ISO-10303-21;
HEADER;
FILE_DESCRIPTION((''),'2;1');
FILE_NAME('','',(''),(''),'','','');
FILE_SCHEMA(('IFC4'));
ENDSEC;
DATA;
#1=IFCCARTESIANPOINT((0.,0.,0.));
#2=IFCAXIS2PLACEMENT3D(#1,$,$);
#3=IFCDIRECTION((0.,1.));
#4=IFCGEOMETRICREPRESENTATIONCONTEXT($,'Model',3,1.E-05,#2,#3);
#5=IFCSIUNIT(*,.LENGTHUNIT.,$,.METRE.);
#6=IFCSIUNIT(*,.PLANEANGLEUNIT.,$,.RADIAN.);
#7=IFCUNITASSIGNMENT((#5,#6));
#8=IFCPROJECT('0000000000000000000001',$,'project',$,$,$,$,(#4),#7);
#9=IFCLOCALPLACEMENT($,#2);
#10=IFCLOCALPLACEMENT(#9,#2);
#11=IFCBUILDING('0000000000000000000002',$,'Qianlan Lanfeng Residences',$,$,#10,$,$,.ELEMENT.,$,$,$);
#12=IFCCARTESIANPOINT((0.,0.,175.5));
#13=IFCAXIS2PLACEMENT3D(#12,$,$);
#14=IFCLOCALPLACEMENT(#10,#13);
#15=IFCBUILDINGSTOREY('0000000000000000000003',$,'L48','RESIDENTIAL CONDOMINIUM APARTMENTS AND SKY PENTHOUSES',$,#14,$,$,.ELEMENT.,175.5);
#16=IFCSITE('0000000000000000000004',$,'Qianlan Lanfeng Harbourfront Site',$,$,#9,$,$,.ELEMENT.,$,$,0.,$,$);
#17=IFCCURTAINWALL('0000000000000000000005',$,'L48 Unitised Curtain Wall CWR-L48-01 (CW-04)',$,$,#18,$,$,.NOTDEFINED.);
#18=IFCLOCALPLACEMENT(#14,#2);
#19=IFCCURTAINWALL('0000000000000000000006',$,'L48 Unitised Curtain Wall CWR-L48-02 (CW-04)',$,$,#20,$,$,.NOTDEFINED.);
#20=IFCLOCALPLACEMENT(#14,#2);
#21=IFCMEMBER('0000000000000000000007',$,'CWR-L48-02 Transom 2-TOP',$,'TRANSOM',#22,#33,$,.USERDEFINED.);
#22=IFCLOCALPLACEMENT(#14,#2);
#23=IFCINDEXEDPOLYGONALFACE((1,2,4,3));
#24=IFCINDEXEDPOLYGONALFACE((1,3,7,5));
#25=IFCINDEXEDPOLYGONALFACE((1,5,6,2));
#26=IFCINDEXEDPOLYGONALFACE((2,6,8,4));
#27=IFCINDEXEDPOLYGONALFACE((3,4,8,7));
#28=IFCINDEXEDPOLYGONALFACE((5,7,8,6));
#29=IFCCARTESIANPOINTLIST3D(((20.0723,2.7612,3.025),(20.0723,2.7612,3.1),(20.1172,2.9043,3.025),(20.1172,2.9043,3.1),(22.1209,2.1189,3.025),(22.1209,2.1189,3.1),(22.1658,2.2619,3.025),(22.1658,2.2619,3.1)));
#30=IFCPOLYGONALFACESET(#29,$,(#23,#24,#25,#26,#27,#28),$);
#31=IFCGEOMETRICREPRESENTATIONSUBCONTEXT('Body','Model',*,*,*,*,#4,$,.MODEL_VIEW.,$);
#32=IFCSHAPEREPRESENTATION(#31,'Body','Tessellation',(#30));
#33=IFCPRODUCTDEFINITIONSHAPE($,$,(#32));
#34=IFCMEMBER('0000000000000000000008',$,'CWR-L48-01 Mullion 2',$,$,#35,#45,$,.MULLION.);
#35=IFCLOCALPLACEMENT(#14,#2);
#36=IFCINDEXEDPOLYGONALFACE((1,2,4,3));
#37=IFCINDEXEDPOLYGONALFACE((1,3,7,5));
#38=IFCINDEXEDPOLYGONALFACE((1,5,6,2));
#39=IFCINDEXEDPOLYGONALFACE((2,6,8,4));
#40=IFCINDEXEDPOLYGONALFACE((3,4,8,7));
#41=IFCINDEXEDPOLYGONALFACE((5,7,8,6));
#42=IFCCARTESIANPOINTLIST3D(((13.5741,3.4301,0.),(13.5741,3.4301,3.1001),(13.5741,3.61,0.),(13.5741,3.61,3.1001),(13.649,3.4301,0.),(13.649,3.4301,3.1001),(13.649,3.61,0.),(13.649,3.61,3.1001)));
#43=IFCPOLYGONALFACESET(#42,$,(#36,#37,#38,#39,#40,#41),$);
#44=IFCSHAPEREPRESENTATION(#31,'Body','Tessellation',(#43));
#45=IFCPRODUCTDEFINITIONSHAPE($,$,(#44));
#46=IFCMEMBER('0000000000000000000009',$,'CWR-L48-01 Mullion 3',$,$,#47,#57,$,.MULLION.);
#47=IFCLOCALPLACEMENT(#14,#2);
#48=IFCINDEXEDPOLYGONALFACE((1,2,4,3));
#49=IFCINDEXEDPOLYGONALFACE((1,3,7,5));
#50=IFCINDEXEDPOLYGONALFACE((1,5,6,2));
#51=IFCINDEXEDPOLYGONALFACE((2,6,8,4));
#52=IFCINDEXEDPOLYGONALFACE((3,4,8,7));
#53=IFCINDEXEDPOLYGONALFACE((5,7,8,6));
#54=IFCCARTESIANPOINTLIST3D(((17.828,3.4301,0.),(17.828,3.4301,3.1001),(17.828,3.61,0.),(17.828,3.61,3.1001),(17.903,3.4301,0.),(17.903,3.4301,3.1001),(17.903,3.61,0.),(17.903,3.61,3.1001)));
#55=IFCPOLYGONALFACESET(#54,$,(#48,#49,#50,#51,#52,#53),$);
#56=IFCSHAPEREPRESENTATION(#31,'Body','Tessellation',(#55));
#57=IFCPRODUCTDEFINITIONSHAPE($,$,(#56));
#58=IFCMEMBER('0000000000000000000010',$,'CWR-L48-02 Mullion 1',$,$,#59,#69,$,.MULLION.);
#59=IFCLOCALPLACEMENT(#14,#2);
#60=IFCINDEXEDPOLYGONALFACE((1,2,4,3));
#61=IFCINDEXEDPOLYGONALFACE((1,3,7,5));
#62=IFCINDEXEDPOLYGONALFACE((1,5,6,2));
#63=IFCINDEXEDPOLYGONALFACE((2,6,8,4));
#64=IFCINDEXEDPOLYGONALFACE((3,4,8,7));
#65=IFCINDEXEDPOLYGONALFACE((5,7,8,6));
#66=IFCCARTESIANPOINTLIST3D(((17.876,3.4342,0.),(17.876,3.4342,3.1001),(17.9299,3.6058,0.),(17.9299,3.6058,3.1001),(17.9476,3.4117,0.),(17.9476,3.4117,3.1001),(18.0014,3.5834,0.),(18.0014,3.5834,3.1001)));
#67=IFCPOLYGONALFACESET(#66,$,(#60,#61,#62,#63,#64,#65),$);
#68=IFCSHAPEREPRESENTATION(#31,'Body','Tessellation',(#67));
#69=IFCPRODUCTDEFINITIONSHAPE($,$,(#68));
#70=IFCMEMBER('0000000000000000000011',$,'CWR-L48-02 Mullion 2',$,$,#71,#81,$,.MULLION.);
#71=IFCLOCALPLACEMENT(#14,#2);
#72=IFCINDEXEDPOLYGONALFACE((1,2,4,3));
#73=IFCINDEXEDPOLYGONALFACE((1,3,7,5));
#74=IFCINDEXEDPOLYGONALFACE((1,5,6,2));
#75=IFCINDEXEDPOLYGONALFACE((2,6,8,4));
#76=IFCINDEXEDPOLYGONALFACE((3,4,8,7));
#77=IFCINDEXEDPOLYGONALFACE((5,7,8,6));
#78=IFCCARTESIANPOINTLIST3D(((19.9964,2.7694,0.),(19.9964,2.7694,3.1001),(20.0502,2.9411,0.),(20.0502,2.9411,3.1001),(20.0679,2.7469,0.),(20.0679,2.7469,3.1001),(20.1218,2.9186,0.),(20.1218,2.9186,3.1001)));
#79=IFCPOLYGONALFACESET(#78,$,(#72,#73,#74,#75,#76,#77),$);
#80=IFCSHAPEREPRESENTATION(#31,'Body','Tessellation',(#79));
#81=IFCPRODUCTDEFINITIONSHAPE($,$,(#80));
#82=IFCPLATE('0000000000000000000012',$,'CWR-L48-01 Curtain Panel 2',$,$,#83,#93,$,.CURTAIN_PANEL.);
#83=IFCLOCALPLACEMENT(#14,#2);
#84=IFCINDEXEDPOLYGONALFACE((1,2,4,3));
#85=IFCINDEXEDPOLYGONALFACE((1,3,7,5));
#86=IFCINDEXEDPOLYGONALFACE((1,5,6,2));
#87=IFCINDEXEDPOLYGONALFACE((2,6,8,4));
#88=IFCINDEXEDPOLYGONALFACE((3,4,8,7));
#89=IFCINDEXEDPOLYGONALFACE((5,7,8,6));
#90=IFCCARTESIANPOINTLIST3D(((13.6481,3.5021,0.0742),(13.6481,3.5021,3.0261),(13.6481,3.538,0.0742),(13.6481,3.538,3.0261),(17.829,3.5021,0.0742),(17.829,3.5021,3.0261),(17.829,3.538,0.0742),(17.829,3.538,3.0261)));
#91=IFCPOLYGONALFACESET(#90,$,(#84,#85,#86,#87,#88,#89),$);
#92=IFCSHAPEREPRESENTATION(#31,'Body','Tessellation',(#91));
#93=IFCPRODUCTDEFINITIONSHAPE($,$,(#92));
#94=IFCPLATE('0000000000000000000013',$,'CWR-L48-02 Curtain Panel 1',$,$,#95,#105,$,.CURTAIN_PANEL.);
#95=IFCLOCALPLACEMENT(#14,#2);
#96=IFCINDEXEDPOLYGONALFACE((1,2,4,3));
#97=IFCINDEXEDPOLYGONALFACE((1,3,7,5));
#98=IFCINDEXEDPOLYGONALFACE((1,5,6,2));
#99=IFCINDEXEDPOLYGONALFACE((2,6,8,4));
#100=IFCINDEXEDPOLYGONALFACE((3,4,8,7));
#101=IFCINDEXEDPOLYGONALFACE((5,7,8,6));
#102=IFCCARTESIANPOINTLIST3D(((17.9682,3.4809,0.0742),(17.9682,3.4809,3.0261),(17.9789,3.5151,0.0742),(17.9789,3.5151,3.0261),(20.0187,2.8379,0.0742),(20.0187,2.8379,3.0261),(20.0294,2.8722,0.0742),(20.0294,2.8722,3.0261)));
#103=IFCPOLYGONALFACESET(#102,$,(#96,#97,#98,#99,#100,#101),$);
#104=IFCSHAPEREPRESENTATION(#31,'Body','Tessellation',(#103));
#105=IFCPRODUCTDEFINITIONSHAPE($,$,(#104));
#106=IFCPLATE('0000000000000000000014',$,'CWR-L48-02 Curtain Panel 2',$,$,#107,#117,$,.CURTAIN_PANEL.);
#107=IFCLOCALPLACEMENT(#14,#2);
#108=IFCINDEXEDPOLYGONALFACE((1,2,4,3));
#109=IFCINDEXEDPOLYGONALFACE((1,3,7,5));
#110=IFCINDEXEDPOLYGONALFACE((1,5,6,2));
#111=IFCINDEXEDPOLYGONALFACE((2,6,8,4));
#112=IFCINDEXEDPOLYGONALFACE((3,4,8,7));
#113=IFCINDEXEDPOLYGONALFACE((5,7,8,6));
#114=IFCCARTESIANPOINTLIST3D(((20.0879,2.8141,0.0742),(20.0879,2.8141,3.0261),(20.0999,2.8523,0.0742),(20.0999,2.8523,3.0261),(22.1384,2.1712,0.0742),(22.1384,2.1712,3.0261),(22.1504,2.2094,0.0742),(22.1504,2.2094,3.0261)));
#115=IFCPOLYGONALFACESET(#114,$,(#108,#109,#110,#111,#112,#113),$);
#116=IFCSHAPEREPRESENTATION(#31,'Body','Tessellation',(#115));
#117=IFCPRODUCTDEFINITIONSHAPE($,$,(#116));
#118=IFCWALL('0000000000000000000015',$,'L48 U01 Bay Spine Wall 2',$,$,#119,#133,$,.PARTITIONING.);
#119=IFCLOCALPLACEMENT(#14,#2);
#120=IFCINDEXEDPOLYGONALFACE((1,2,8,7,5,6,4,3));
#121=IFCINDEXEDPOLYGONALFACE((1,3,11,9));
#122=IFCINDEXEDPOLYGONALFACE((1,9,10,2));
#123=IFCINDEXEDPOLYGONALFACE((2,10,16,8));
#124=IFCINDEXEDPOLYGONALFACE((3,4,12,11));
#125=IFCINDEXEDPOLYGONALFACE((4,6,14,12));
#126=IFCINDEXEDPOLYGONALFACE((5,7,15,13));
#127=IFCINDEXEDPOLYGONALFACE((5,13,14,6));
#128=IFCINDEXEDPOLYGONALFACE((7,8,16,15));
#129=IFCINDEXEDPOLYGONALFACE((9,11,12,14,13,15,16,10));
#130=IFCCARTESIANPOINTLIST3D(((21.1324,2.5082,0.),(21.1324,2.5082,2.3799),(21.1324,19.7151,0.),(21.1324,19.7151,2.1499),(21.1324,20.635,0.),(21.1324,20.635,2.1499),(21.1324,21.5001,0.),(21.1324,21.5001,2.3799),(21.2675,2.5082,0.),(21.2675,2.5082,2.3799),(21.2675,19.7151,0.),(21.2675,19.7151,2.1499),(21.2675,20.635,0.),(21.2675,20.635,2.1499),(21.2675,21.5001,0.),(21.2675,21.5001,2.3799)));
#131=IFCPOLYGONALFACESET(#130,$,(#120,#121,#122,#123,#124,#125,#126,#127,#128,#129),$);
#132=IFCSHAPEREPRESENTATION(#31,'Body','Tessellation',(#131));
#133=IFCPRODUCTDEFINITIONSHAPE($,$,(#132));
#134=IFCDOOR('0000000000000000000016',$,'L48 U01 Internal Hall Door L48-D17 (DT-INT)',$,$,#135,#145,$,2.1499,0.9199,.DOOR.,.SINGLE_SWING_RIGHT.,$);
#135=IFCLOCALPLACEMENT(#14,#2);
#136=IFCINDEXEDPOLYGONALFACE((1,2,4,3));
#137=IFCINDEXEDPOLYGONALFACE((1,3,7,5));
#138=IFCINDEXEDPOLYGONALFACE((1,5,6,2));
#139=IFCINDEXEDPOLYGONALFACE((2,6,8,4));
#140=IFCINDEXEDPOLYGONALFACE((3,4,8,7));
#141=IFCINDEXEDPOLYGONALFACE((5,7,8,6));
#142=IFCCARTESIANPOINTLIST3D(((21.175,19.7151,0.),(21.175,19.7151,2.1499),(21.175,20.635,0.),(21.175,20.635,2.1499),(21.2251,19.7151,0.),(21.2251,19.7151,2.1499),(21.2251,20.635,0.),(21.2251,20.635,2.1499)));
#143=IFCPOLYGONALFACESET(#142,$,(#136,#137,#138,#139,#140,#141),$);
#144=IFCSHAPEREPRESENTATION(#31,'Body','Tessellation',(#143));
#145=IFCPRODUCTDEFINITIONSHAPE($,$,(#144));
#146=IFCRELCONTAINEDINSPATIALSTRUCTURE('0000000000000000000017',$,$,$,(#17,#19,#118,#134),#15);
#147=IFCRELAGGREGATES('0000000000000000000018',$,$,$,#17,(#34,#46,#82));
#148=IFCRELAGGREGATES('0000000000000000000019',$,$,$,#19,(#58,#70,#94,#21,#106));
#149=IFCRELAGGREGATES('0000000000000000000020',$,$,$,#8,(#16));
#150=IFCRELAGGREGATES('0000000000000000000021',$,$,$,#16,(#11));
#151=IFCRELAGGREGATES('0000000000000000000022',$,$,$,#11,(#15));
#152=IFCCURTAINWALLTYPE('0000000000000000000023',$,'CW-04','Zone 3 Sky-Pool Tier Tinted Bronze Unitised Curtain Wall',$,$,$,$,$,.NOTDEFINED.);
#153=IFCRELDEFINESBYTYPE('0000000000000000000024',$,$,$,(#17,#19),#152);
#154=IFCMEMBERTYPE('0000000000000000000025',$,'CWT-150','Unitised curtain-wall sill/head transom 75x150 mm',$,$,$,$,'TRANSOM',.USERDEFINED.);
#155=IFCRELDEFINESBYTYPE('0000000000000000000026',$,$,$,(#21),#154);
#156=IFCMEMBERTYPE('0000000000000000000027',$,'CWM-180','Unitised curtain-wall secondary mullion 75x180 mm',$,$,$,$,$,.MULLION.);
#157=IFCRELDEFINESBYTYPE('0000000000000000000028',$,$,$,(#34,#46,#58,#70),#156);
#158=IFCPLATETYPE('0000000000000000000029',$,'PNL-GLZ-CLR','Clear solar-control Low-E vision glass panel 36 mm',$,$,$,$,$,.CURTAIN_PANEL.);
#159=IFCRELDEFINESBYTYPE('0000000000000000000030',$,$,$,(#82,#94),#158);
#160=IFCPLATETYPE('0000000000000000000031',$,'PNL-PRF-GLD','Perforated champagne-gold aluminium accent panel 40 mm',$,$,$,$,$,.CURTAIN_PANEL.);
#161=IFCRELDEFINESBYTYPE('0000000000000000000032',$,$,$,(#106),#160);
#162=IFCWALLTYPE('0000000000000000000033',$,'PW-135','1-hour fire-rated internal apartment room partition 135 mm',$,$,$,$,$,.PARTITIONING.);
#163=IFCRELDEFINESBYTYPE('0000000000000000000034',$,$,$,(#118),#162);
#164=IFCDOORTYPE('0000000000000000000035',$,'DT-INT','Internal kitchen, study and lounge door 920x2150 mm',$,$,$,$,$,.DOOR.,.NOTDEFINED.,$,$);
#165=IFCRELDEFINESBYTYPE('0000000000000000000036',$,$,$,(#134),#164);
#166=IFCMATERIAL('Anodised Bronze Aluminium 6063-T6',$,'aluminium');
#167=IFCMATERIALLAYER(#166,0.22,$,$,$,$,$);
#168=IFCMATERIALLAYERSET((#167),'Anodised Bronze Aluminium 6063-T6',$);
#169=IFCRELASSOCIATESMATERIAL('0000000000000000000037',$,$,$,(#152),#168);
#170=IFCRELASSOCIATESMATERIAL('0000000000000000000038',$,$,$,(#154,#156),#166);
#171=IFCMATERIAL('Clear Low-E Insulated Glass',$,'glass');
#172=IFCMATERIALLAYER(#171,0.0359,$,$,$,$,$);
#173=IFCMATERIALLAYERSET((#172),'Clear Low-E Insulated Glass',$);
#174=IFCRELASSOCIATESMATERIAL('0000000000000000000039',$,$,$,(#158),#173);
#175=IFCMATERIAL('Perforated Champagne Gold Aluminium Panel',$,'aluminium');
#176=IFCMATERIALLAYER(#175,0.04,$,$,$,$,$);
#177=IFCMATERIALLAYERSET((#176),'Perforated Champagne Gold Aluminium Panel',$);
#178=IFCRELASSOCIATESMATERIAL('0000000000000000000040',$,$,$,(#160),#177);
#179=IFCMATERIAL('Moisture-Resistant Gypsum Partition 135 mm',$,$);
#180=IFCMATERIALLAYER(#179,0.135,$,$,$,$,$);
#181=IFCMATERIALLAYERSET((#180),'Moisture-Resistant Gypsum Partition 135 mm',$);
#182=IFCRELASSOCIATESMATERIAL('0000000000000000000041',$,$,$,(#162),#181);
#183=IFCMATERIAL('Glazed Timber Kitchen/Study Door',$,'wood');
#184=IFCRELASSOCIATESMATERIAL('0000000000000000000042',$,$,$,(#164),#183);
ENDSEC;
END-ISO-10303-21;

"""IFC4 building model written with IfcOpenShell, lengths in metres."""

from ifc_helpers import new_model, si_unit, direction, frame, frame_2d, origin, origin_2d, place, context, subcontext, project, spatial, rectangle, extrude, source, transform, mapped, material, layer, layer_set, material_profile, profile_set, type_object, element, fill, aggregate, save


model = new_model("IFC4")

# Units and contexts
model_context = context("Model", 3, precision=1e-05, world=origin(), true_north=direction((0.0, 1.0)))
body_context = subcontext(model_context, "Body", "Model", "MODEL_VIEW")
ifc_project = project(units=[si_unit("LENGTHUNIT", "METRE"), si_unit("PLANEANGLEUNIT", "RADIAN")], contexts=[model_context])

# Site, building, storey
site_placement = place(None, origin())
site = spatial("IfcSite", under=ifc_project, at=site_placement, Name="Qianlan Lanfeng Harbourfront Site", CompositionType="ELEMENT", RefElevation=0.0)
building_placement = place(site_placement, origin())
building = spatial("IfcBuilding", under=site, at=building_placement, Name="Qianlan Lanfeng Residences", CompositionType="ELEMENT")
storey_placement = place(building_placement, frame((0.0, 0.0, 175.5)))
storey = spatial("IfcBuildingStorey", under=building, at=storey_placement, Name="L48", Description="RESIDENTIAL CONDOMINIUM APARTMENTS AND SKY PENTHOUSES", CompositionType="ELEMENT", Elevation=175.5)

# Curtain walls, member
ifc_material_1 = material(Name="Anodised Bronze Aluminium 6063-T6", Category="aluminium")
ifc_layer_1 = layer(ifc_material_1, 0.22)
ifc_layer_set_1 = layer_set([ifc_layer_1], Name="Anodised Bronze Aluminium 6063-T6")
curtain_wall_type = type_object("IfcCurtainWallType", Name="CW-04", Description="Zone 3 Sky-Pool Tier Tinted Bronze Unitised Curtain Wall", PredefinedType="NOTDEFINED", material=ifc_layer_set_1)
curtain_wall_1_placement = place(storey_placement, origin())
curtain_wall_1 = element("IfcCurtainWall", 1, at=curtain_wall_1_placement, inside=storey, type_object=curtain_wall_type, Name="L48 Unitised Curtain Wall CWR-L48-01 (CW-04)", PredefinedType="NOTDEFINED")
ifc_material_profile_1 = material_profile(ifc_material_1, rectangle(XDim=0.075, YDim=0.1499, at=origin_2d()), Name="ALU TRANSOM 75x150")
ifc_profile_set_1 = profile_set([ifc_material_profile_1], Name="Anodised Bronze Aluminium 6063-T6")
member_type_1 = type_object("IfcMemberType", Name="CWT-150", Description="Unitised curtain-wall sill/head transom 75x150 mm", ElementType="TRANSOM", PredefinedType="USERDEFINED", material=ifc_profile_set_1)
curtain_wall_2_placement = place(storey_placement, origin())
curtain_wall_2 = element("IfcCurtainWall", 2, at=curtain_wall_2_placement, inside=storey, type_object=curtain_wall_type, Name="L48 Unitised Curtain Wall CWR-L48-02 (CW-04)", PredefinedType="NOTDEFINED")
shared_shape_1 = source(origin(), body_context, "Body", "SweptSolid", [
    extrude(rectangle(XDim=0.075, YDim=0.1499, at=origin_2d()), origin(), (0.0, 0.0, 1.0), 2.147),
])
member_1_placement = place(storey_placement, frame((20.0947, 2.8328, 3.0625), z_axis=(0.954194, -0.299188, 0.0), x_axis=(0.0, 0.0, 1.0)))
member_1 = element("IfcMember", 3, at=member_1_placement, type_object=member_type_1, Name="CWR-L48-02 Transom 2-TOP", ObjectType="TRANSOM", PredefinedType="USERDEFINED", context=body_context, shape_type="MappedRepresentation", body=[
    mapped(shared_shape_1, transform((0.0, 0.0, 0.0), scale=1.0)),
])

# Members
ifc_material_profile_2 = material_profile(ifc_material_1, rectangle(XDim=0.075, YDim=0.1799, at=origin_2d()), Name="ALU MULLION 75x180")
ifc_profile_set_2 = profile_set([ifc_material_profile_2], Name="Anodised Bronze Aluminium 6063-T6")
member_type_2 = type_object("IfcMemberType", Name="CWM-180", Description="Unitised curtain-wall secondary mullion 75x180 mm", PredefinedType="MULLION", material=ifc_profile_set_2)
shared_shape_2 = source(origin(), body_context, "Body", "SweptSolid", [
    extrude(rectangle(XDim=0.075, YDim=0.1799, at=origin_2d()), origin(), (0.0, 0.0, 1.0), 3.1001),
])
member_2_placement = place(storey_placement, frame((13.6116, 3.52, 0.0), z_axis=(0.0, 0.0, 1.0), x_axis=(1.0, 0.0, 0.0)))
member_2 = element("IfcMember", 4, at=member_2_placement, type_object=member_type_2, Name="CWR-L48-01 Mullion 2", PredefinedType="MULLION", context=body_context, shape_type="MappedRepresentation", body=[
    mapped(shared_shape_2, transform((0.0, 0.0, 0.0), scale=1.0)),
])
member_3_placement = place(storey_placement, frame((17.8655, 3.52, 0.0), z_axis=(0.0, 0.0, 1.0), x_axis=(1.0, 0.0, 0.0)))
member_3 = element("IfcMember", 5, at=member_3_placement, type_object=member_type_2, Name="CWR-L48-01 Mullion 3", PredefinedType="MULLION", context=body_context, shape_type="MappedRepresentation", body=[
    mapped(shared_shape_2, transform((0.0, 0.0, 0.0), scale=1.0)),
])
member_4_placement = place(storey_placement, frame((17.9387, 3.5088, 0.0), z_axis=(0.0, 0.0, 1.0), x_axis=(0.954196, -0.299182, 0.0)))
member_4 = element("IfcMember", 6, at=member_4_placement, type_object=member_type_2, Name="CWR-L48-02 Mullion 1", PredefinedType="MULLION", context=body_context, shape_type="MappedRepresentation", body=[
    mapped(shared_shape_2, transform((0.0, 0.0, 0.0), scale=1.0)),
])
member_5_placement = place(storey_placement, frame((20.0591, 2.844, 0.0), z_axis=(0.0, 0.0, 1.0), x_axis=(0.954196, -0.299182, 0.0)))
member_5 = element("IfcMember", 7, at=member_5_placement, type_object=member_type_2, Name="CWR-L48-02 Mullion 2", PredefinedType="MULLION", context=body_context, shape_type="MappedRepresentation", body=[
    mapped(shared_shape_2, transform((0.0, 0.0, 0.0), scale=1.0)),
])

# Plates
ifc_material_2 = material(Name="Clear Low-E Insulated Glass", Category="glass")
ifc_layer_2 = layer(ifc_material_2, 0.0359)
ifc_layer_set_2 = layer_set([ifc_layer_2], Name="Clear Low-E Insulated Glass")
plate_type_1 = type_object("IfcPlateType", Name="PNL-GLZ-CLR", Description="Clear solar-control Low-E vision glass panel 36 mm", PredefinedType="CURTAIN_PANEL", material=ifc_layer_set_2)
shared_shape_3 = source(origin(), body_context, "Body", "SweptSolid", [
    extrude(rectangle(XDim=4.1809, YDim=0.0359, at=origin_2d()), origin(), (0.0, 0.0, 1.0), 2.9519),
])
plate_1_placement = place(storey_placement, frame((15.7385, 3.52, 0.0742), z_axis=(0.0, 0.0, 1.0), x_axis=(1.0, 0.0, 0.0)))
plate_1 = element("IfcPlate", 8, at=plate_1_placement, type_object=plate_type_1, Name="CWR-L48-01 Curtain Panel 2", PredefinedType="CURTAIN_PANEL", context=body_context, shape_type="MappedRepresentation", body=[
    mapped(shared_shape_3, transform((0.0, 0.0, 0.0), scale=1.0)),
])
aggregate(curtain_wall_1, [member_2, member_3, plate_1])
shared_shape_4 = source(origin(), body_context, "Body", "SweptSolid", [
    extrude(rectangle(XDim=2.1489, YDim=0.0359, at=origin_2d()), origin(), (0.0, 0.0, 1.0), 2.9519),
])
plate_2_placement = place(storey_placement, frame((18.9988, 3.1765, 0.0742), z_axis=(0.0, 0.0, 1.0), x_axis=(0.954196, -0.299182, 0.0)))
plate_2 = element("IfcPlate", 9, at=plate_2_placement, type_object=plate_type_1, Name="CWR-L48-02 Curtain Panel 1", PredefinedType="CURTAIN_PANEL", context=body_context, shape_type="MappedRepresentation", body=[
    mapped(shared_shape_4, transform((0.0, 0.0, 0.0), scale=1.0)),
])
ifc_material_3 = material(Name="Perforated Champagne Gold Aluminium Panel", Category="aluminium")
ifc_layer_3 = layer(ifc_material_3, 0.04)
ifc_layer_set_3 = layer_set([ifc_layer_3], Name="Perforated Champagne Gold Aluminium Panel")
plate_type_2 = type_object("IfcPlateType", Name="PNL-PRF-GLD", Description="Perforated champagne-gold aluminium accent panel 40 mm", PredefinedType="CURTAIN_PANEL", material=ifc_layer_set_3)
shared_shape_5 = source(origin(), body_context, "Body", "SweptSolid", [
    extrude(rectangle(XDim=2.1489, YDim=0.04, at=origin_2d()), origin(), (0.0, 0.0, 1.0), 2.9519),
])
plate_3_placement = place(storey_placement, frame((21.1191, 2.5117, 0.0742), z_axis=(0.0, 0.0, 1.0), x_axis=(0.954196, -0.299182, 0.0)))
plate_3 = element("IfcPlate", 10, at=plate_3_placement, type_object=plate_type_2, Name="CWR-L48-02 Curtain Panel 2", PredefinedType="CURTAIN_PANEL", context=body_context, shape_type="MappedRepresentation", body=[
    mapped(shared_shape_5, transform((0.0, 0.0, 0.0), scale=1.0)),
])
aggregate(curtain_wall_2, [member_4, member_5, plate_2, member_1, plate_3])

# Wall, opening, door
ifc_material_4 = material(Name="Moisture-Resistant Gypsum Partition 135 mm")
ifc_layer_4 = layer(ifc_material_4, 0.135)
ifc_layer_set_4 = layer_set([ifc_layer_4], Name="Moisture-Resistant Gypsum Partition 135 mm")
wall_type = type_object("IfcWallType", Name="PW-135", Description="1-hour fire-rated internal apartment room partition 135 mm", PredefinedType="PARTITIONING", material=ifc_layer_set_4)
wall_placement = place(storey_placement, frame((21.2, 2.5081, 0.0), z_axis=(0.0, 0.0, 1.0), x_axis=(0.0, 1.0, 0.0)))
wall = element("IfcWall", 11, at=wall_placement, inside=storey, type_object=wall_type, Name="L48 U01 Bay Spine Wall 2", PredefinedType="PARTITIONING", context=body_context, shape_type="SweptSolid", body=[
    extrude(rectangle(XDim=18.9919, YDim=0.135, at=frame_2d((9.4961, 0.0))), origin(), (0.0, 0.0, 1.0), 2.3799),
])
opening_placement = place(wall_placement, frame((17.207, 0.0, 0.0)))
opening = element("IfcOpeningElement", 12, at=opening_placement, cuts=wall, PredefinedType="OPENING", context=body_context, shape_type="SweptSolid", body=[
    extrude(rectangle(XDim=0.9199, YDim=2.1499, at=frame_2d((0.46, 1.075))), frame((0.0, 0.0776, 0.0), z_axis=(0.0, -1.0, 0.0), x_axis=(1.0, 0.0, 0.0)), (0.0, 0.0, 1.0), 0.155),
])
ifc_material_5 = material(Name="Glazed Timber Kitchen/Study Door", Category="wood")
door_type = type_object("IfcDoorType", Name="DT-INT", Description="Internal kitchen, study and lounge door 920x2150 mm", OperationType="NOTDEFINED", PredefinedType="DOOR", material=ifc_material_5)
door_placement = place(opening_placement, origin())
door = element("IfcDoor", 13, at=door_placement, inside=storey, type_object=door_type, Name="L48 U01 Internal Hall Door L48-D17 (DT-INT)", OperationType="SINGLE_SWING_RIGHT", OverallHeight=2.1499, OverallWidth=0.9199, PredefinedType="DOOR", context=body_context, shape_type="SweptSolid", body=[
    extrude(rectangle(XDim=0.9199, YDim=2.1499, at=frame_2d((0.46, 1.075))), frame((0.0, 0.0249, 0.0), z_axis=(0.0, -1.0, 0.0), x_axis=(1.0, 0.0, 0.0)), (0.0, 0.0, 1.0), 0.05),
])
fill(opening, door)

save(model, "model.ifc")
